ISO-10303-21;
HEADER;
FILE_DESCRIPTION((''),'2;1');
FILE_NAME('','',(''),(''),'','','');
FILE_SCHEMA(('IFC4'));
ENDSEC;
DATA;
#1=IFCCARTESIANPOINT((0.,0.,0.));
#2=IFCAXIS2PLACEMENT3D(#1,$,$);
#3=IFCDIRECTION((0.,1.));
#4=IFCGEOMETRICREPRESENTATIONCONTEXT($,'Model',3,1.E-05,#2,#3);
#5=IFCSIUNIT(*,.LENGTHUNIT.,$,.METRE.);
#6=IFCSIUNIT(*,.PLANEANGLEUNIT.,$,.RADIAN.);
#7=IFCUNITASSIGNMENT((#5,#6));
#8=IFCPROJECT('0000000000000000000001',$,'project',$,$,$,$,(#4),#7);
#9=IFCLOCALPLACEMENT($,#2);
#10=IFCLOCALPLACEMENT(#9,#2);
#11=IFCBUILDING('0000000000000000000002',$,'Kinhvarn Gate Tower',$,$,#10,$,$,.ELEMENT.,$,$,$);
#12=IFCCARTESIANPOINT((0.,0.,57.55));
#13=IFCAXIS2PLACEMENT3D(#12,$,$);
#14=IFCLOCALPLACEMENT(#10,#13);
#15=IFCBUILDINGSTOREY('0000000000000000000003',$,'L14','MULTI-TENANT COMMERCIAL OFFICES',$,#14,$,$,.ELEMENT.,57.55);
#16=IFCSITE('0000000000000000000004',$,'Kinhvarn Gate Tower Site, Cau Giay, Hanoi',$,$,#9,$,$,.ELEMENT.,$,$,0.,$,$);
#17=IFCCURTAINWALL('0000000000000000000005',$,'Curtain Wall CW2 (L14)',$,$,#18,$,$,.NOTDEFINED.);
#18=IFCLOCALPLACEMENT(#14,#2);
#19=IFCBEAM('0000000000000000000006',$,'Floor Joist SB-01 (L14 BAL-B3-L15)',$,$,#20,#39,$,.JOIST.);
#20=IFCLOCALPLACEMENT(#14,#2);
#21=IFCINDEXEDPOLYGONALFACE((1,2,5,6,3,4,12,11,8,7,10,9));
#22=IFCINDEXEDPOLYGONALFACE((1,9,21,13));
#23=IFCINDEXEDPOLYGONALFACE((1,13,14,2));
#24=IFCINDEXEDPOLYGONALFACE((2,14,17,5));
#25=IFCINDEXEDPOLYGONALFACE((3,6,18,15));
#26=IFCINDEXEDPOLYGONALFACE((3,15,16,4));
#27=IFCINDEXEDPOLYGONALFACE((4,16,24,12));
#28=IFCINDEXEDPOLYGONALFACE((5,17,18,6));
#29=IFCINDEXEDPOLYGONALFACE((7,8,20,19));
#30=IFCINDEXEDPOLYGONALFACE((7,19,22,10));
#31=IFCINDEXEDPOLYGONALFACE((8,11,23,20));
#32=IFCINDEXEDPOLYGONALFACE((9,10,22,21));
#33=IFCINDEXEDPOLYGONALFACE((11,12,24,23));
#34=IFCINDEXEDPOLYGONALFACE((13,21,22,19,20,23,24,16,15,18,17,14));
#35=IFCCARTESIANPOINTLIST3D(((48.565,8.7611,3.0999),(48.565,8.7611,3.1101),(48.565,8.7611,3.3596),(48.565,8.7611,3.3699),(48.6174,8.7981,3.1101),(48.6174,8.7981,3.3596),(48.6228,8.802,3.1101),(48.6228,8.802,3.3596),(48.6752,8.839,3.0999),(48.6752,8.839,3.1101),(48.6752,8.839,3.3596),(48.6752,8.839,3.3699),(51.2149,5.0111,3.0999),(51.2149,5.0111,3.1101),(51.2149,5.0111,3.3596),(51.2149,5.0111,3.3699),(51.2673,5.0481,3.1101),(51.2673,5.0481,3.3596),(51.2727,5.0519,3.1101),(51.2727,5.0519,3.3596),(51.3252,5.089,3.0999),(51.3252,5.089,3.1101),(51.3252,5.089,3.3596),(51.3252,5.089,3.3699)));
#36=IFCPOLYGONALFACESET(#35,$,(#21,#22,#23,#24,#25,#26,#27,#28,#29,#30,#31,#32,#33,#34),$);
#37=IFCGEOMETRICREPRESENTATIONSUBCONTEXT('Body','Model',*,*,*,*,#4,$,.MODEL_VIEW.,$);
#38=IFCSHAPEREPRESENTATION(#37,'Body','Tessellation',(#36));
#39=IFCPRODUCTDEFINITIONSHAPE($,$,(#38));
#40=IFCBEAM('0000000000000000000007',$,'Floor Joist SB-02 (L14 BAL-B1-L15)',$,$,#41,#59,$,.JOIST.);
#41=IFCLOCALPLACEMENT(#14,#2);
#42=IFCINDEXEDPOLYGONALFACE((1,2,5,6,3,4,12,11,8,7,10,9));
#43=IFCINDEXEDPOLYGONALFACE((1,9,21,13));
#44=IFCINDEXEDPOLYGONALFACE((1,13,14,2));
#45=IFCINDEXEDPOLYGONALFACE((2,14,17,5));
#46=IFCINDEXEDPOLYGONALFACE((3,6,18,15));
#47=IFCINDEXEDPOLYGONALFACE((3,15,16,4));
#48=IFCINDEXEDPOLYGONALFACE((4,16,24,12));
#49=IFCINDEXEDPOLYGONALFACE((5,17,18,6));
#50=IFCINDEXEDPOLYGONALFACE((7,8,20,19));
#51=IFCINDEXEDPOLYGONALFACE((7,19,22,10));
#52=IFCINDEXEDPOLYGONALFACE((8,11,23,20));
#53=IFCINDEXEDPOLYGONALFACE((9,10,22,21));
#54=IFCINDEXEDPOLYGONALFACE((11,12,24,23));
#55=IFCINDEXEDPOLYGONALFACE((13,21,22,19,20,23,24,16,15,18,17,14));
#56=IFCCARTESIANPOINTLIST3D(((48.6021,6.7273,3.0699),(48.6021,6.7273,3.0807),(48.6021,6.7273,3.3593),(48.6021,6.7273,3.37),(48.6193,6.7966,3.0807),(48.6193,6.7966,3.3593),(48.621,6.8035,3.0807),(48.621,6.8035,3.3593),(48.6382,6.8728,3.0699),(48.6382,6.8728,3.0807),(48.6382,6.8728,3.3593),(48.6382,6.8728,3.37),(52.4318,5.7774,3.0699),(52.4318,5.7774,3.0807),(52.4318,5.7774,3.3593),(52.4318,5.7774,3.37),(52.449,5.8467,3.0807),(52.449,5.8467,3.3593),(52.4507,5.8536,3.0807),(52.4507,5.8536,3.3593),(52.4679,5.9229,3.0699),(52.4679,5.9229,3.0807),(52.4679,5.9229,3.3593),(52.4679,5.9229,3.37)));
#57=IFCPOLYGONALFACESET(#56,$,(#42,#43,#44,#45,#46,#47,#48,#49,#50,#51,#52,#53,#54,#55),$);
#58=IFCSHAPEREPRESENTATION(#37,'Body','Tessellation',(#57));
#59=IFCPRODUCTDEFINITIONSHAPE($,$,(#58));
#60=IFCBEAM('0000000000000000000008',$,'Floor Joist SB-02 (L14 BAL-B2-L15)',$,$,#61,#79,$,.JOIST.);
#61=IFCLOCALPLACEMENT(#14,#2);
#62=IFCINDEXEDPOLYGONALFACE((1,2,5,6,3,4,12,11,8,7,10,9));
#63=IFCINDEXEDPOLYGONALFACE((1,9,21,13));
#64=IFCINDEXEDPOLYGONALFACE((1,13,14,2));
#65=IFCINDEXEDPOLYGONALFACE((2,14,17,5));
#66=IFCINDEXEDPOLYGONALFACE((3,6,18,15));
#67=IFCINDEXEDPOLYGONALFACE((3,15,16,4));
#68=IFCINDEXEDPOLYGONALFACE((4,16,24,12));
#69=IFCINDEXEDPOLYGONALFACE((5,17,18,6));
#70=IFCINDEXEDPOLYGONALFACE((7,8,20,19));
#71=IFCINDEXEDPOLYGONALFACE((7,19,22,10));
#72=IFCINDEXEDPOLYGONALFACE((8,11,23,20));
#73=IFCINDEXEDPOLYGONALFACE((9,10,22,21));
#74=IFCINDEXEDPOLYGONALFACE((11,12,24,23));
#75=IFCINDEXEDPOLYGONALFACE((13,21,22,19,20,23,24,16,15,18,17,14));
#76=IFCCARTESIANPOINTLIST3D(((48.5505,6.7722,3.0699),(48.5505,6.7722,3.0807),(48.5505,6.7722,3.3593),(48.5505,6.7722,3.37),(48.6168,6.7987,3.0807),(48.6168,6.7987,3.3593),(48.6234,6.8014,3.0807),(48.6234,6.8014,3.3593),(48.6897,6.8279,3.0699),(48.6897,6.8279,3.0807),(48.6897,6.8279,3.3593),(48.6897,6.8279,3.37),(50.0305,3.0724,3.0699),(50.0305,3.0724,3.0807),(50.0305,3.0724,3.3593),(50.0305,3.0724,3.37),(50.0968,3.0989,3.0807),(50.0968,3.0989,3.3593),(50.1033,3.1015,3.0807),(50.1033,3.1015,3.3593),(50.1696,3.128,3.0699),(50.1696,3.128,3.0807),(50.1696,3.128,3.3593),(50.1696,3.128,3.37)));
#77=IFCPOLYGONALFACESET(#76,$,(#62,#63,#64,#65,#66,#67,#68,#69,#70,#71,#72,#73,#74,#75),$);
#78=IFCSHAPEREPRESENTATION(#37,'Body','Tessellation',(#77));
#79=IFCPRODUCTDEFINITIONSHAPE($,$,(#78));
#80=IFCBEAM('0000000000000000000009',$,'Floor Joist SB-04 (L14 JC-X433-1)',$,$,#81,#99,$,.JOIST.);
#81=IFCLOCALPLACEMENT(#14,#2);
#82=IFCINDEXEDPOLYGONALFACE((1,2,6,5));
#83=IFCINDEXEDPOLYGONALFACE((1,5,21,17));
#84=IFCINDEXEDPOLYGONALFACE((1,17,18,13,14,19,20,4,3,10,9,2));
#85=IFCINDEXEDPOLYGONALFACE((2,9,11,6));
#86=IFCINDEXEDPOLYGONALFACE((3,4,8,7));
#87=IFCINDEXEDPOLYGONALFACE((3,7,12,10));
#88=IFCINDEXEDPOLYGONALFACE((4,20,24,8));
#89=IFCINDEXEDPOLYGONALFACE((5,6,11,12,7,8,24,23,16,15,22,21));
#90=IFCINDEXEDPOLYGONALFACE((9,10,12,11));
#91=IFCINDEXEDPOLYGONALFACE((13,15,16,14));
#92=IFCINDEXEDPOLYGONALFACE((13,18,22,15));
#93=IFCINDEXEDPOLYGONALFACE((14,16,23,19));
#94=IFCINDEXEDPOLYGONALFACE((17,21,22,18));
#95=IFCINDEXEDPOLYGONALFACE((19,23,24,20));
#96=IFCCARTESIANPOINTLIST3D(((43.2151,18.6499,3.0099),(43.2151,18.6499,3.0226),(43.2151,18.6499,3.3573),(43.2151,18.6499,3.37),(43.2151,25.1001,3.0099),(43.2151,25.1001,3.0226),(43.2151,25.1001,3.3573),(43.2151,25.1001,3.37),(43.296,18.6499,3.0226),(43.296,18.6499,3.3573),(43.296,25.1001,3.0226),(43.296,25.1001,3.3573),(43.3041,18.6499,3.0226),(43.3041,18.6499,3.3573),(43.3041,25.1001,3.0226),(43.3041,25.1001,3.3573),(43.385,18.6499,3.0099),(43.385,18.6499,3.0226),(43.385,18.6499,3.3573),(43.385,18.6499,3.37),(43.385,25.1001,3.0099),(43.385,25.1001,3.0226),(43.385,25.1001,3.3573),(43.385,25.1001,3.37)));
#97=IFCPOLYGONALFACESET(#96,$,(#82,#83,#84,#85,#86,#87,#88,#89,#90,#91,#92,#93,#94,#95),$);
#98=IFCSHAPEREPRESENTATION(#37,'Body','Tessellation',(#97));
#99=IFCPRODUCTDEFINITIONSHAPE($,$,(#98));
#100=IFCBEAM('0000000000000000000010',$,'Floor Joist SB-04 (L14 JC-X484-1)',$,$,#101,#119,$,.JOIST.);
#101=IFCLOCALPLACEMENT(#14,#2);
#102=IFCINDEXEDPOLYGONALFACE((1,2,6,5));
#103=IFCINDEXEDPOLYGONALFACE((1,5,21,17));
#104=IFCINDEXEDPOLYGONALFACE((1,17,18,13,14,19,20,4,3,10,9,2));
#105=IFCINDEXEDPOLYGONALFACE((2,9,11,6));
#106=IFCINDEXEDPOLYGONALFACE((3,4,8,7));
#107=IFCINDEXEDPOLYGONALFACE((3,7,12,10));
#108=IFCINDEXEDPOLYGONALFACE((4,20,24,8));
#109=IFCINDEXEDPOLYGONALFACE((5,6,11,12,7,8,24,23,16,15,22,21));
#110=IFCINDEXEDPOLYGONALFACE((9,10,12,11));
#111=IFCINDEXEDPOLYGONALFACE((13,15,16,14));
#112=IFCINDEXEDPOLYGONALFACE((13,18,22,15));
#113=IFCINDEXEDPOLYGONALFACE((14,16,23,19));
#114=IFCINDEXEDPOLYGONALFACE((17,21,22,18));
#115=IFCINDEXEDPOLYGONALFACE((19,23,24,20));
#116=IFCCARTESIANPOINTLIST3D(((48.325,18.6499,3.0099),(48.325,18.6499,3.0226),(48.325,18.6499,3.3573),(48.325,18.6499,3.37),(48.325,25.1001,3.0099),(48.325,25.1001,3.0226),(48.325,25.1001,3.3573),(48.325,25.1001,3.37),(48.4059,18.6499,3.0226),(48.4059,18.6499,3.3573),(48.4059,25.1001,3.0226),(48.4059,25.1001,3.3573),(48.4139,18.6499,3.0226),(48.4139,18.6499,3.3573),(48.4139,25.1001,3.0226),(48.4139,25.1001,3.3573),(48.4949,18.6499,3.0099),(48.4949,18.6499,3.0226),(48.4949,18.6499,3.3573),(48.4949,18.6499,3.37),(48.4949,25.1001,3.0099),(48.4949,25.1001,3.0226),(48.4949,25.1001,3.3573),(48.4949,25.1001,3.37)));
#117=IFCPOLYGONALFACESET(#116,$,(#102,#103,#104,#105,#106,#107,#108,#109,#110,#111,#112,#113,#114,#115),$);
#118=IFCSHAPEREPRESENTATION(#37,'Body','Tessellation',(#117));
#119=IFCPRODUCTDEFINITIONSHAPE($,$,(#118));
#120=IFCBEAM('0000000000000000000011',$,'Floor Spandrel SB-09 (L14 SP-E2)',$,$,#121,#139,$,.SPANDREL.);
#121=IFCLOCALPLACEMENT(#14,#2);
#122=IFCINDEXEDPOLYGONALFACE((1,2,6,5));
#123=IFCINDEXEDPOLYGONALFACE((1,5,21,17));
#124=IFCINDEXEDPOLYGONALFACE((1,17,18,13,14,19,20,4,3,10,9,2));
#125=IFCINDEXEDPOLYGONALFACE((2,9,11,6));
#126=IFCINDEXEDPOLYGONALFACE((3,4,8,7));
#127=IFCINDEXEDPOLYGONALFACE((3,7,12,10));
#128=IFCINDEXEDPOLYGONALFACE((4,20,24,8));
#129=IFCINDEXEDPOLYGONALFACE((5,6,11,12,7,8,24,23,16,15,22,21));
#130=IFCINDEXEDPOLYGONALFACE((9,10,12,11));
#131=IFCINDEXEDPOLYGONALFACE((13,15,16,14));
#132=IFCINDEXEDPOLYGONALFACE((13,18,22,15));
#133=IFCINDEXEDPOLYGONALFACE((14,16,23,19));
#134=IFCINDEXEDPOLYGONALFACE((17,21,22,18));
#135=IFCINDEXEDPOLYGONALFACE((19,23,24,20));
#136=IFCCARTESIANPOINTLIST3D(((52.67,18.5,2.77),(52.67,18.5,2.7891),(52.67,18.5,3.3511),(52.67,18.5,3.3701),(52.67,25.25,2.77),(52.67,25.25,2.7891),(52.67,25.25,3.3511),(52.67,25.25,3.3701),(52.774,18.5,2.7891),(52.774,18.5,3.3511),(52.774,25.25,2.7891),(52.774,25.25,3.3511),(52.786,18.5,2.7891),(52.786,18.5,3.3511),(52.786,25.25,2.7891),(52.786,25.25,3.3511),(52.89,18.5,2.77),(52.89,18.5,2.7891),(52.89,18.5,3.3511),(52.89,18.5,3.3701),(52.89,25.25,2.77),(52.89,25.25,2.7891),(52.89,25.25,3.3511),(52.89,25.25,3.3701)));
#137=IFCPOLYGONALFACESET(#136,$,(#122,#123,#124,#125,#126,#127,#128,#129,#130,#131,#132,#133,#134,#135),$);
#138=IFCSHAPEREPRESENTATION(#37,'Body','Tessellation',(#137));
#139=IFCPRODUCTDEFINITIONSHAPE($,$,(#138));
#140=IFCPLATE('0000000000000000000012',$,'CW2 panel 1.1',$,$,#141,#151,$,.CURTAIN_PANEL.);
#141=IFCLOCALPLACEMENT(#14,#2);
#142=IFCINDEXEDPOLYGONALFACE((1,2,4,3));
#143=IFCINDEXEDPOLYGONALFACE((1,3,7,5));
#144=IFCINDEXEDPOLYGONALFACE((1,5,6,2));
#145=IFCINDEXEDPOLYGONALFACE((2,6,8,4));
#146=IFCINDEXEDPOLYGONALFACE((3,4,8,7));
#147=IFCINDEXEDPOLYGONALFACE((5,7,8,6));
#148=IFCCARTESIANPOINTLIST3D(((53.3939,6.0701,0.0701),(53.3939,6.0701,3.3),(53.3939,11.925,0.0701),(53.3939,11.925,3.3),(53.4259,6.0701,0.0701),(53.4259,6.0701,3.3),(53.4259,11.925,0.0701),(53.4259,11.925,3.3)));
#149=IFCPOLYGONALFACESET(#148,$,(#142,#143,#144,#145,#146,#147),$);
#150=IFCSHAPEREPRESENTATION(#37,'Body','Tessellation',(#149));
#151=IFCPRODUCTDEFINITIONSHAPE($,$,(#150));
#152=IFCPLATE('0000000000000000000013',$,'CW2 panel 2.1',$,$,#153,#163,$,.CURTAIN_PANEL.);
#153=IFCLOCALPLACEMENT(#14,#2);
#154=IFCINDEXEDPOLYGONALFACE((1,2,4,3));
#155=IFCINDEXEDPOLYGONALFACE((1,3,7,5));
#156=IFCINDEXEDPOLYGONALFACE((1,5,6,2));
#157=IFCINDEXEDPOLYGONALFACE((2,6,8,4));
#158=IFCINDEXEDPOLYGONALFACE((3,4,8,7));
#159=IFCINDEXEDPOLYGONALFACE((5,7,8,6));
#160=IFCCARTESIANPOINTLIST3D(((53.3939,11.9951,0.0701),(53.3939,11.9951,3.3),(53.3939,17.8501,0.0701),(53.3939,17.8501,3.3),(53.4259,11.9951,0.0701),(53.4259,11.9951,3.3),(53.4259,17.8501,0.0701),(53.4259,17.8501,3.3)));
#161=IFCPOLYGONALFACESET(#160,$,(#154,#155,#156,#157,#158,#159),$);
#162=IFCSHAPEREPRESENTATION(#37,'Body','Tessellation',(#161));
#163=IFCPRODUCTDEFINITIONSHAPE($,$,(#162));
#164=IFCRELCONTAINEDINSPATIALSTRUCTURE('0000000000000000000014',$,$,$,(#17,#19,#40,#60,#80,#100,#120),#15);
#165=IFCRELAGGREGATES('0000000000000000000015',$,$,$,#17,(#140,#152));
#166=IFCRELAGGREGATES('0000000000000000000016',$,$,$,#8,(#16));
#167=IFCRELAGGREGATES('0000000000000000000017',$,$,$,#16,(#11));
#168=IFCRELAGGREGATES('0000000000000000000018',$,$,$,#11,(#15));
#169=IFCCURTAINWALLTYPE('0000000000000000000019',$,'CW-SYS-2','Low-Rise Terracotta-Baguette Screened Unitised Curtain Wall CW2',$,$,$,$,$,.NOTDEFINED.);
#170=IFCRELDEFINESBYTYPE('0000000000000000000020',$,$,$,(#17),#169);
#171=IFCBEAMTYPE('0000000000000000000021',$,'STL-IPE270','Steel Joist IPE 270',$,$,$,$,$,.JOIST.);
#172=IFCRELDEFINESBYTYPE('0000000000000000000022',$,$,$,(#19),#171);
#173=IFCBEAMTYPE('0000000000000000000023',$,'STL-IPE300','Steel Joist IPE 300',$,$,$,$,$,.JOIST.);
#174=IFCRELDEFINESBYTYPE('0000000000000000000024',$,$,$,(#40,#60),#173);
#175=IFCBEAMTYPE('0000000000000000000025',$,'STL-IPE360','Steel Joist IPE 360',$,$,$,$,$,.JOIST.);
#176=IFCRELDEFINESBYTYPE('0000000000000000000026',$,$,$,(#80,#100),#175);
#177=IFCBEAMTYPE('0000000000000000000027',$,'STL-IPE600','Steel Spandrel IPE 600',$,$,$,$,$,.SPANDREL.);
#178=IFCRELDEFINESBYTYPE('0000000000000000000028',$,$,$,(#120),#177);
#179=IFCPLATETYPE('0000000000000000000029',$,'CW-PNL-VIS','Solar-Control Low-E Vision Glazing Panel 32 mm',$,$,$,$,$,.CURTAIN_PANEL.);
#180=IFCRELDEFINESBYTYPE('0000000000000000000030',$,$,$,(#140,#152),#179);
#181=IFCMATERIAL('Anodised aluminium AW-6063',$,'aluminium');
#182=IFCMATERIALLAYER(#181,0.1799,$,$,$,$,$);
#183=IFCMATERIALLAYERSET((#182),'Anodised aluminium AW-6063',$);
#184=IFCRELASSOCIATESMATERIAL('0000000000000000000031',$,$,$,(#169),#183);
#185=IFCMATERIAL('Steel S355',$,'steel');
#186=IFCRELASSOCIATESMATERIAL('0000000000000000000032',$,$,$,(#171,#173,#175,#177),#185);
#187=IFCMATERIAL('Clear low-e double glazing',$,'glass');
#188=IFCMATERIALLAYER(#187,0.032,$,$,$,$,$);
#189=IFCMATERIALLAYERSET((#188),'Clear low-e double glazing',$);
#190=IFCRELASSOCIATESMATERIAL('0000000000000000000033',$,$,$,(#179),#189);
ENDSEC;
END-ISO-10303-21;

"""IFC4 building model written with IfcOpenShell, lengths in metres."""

from ifc_helpers import new_model, si_unit, direction, frame, origin, origin_2d, place, context, subcontext, project, spatial, rectangle, i_section, extrude, material, layer, layer_set, material_profile, profile_set, type_object, element, aggregate, save


model = new_model("IFC4")

# Units and contexts
model_context = context("Model", 3, precision=1e-05, world=origin(), true_north=direction((0.0, 1.0)))
body_context = subcontext(model_context, "Body", "Model", "MODEL_VIEW")
ifc_project = project(units=[si_unit("LENGTHUNIT", "METRE"), si_unit("PLANEANGLEUNIT", "RADIAN")], contexts=[model_context])

# Site, building, storey
site_placement = place(None, origin())
site = spatial("IfcSite", under=ifc_project, at=site_placement, Name="Kinhvarn Gate Tower Site, Cau Giay, Hanoi", CompositionType="ELEMENT", RefElevation=0.0)
building_placement = place(site_placement, origin())
building = spatial("IfcBuilding", under=site, at=building_placement, Name="Kinhvarn Gate Tower", CompositionType="ELEMENT")
storey_placement = place(building_placement, frame((0.0, 0.0, 57.55)))
storey = spatial("IfcBuildingStorey", under=building, at=storey_placement, Name="L14", Description="MULTI-TENANT COMMERCIAL OFFICES", CompositionType="ELEMENT", Elevation=57.55)

# Curtain wall
ifc_material_1 = material(Name="Anodised aluminium AW-6063", Category="aluminium")
ifc_layer_1 = layer(ifc_material_1, 0.1799)
ifc_layer_set_1 = layer_set([ifc_layer_1], Name="Anodised aluminium AW-6063")
curtain_wall_type = type_object("IfcCurtainWallType", Name="CW-SYS-2", Description="Low-Rise Terracotta-Baguette Screened Unitised Curtain Wall CW2", PredefinedType="NOTDEFINED", material=ifc_layer_set_1)
curtain_wall_1_placement = place(storey_placement, origin())
curtain_wall_1 = element("IfcCurtainWall", 1, at=curtain_wall_1_placement, inside=storey, type_object=curtain_wall_type, Name="Curtain Wall CW2 (L14)", PredefinedType="NOTDEFINED")

# Beams
ifc_material_2 = material(Name="Steel S355", Category="steel")
ifc_material_profile_1 = material_profile(ifc_material_2, i_section(OverallWidth=0.135, OverallDepth=0.27, WebThickness=0.0066, FlangeThickness=0.0103, at=origin_2d()), Name="IPE 270")
ifc_profile_set_1 = profile_set([ifc_material_profile_1], Name="Steel S355")
beam_type_1 = type_object("IfcBeamType", Name="STL-IPE270", Description="Steel Joist IPE 270", PredefinedType="JOIST", material=ifc_profile_set_1)
beam_1_placement = place(storey_placement, frame((48.6201, 8.8, 3.2349), z_axis=(0.577096, -0.816676, 0.0), x_axis=(0.816676, 0.577096, 0.0)))
element("IfcBeam", 2, at=beam_1_placement, inside=storey, type_object=beam_type_1, Name="Floor Joist SB-01 (L14 BAL-B3-L15)", PredefinedType="JOIST", context=body_context, shape_type="SweptSolid", body=[
    extrude(i_section(OverallWidth=0.135, OverallDepth=0.27, WebThickness=0.0066, FlangeThickness=0.0103, at=origin_2d()), origin(), (0.0, 0.0, 1.0), 4.5918),
])
ifc_material_profile_2 = material_profile(ifc_material_2, i_section(OverallWidth=0.1499, OverallDepth=0.3, WebThickness=0.0071, FlangeThickness=0.0107, at=origin_2d()), Name="IPE 300")
ifc_profile_set_2 = profile_set([ifc_material_profile_2], Name="Steel S355")
beam_type_2 = type_object("IfcBeamType", Name="STL-IPE300", Description="Steel Joist IPE 300", PredefinedType="JOIST", material=ifc_profile_set_2)
beam_2_placement = place(storey_placement, frame((48.6201, 6.8, 3.22), z_axis=(0.970589, -0.240745, 0.0), x_axis=(0.240745, 0.970589, 0.0)))
element("IfcBeam", 3, at=beam_2_placement, inside=storey, type_object=beam_type_2, Name="Floor Joist SB-02 (L14 BAL-B1-L15)", PredefinedType="JOIST", context=body_context, shape_type="SweptSolid", body=[
    extrude(i_section(OverallWidth=0.1499, OverallDepth=0.3, WebThickness=0.0071, FlangeThickness=0.0107, at=origin_2d()), origin(), (0.0, 0.0, 1.0), 3.9458),
])
beam_3_placement = place(storey_placement, frame((48.6201, 6.8, 3.22), z_axis=(0.371391, -0.928477, 0.0), x_axis=(0.928477, 0.371391, 0.0)))
element("IfcBeam", 4, at=beam_3_placement, inside=storey, type_object=beam_type_2, Name="Floor Joist SB-02 (L14 BAL-B2-L15)", PredefinedType="JOIST", context=body_context, shape_type="SweptSolid", body=[
    extrude(i_section(OverallWidth=0.1499, OverallDepth=0.3, WebThickness=0.0071, FlangeThickness=0.0107, at=origin_2d()), origin(), (0.0, 0.0, 1.0), 3.9849),
])
ifc_material_profile_3 = material_profile(ifc_material_2, i_section(OverallWidth=0.1699, OverallDepth=0.3601, WebThickness=0.0081, FlangeThickness=0.0127, at=origin_2d()), Name="IPE 360")
ifc_profile_set_3 = profile_set([ifc_material_profile_3], Name="Steel S355")
beam_type_3 = type_object("IfcBeamType", Name="STL-IPE360", Description="Steel Joist IPE 360", PredefinedType="JOIST", material=ifc_profile_set_3)
for number, where, z_axis, x_axis, name in (
    (5, (43.3, 18.6499, 3.1899), (0.0, 1.0, 0.0), (-1.0, 0.0, 0.0), "Floor Joist SB-04 (L14 JC-X433-1)"),
    (6, (48.4099, 18.6499, 3.1899), (0.0, 1.0, 0.0), (-1.0, 0.0, 0.0), "Floor Joist SB-04 (L14 JC-X484-1)"),
):
    element("IfcBeam", number, at=place(storey_placement, frame(where, z_axis=z_axis, x_axis=x_axis)), inside=storey, type_object=beam_type_3, Name=name, PredefinedType="JOIST", context=body_context, shape_type="SweptSolid", body=[
        extrude(i_section(OverallWidth=0.1699, OverallDepth=0.3601, WebThickness=0.0081, FlangeThickness=0.0127, at=origin_2d()), origin(), (0.0, 0.0, 1.0), 6.4502),
    ])
ifc_material_profile_4 = material_profile(ifc_material_2, i_section(OverallWidth=0.22, OverallDepth=0.6001, WebThickness=0.012, FlangeThickness=0.019, at=origin_2d()), Name="IPE 600")
ifc_profile_set_4 = profile_set([ifc_material_profile_4], Name="Steel S355")
beam_type_4 = type_object("IfcBeamType", Name="STL-IPE600", Description="Steel Spandrel IPE 600", PredefinedType="SPANDREL", material=ifc_profile_set_4)
beam_4_placement = place(storey_placement, frame((52.78, 18.5, 3.0701), z_axis=(0.0, 1.0, 0.0), x_axis=(-1.0, 0.0, 0.0)))
element("IfcBeam", 7, at=beam_4_placement, inside=storey, type_object=beam_type_4, Name="Floor Spandrel SB-09 (L14 SP-E2)", PredefinedType="SPANDREL", context=body_context, shape_type="SweptSolid", body=[
    extrude(i_section(OverallWidth=0.22, OverallDepth=0.6001, WebThickness=0.012, FlangeThickness=0.019, at=origin_2d()), origin(), (0.0, 0.0, 1.0), 6.75),
])

# Plates
ifc_material_3 = material(Name="Clear low-e double glazing", Category="glass")
ifc_layer_2 = layer(ifc_material_3, 0.032)
ifc_layer_set_2 = layer_set([ifc_layer_2], Name="Clear low-e double glazing")
plate_type = type_object("IfcPlateType", Name="CW-PNL-VIS", Description="Solar-Control Low-E Vision Glazing Panel 32 mm", PredefinedType="CURTAIN_PANEL", material=ifc_layer_set_2)
plate_1_placement = place(storey_placement, frame((53.4099, 8.9976, 0.0701), z_axis=(0.0, 0.0, 1.0), x_axis=(0.0, 1.0, 0.0)))
plate_1 = element("IfcPlate", 8, at=plate_1_placement, type_object=plate_type, Name="CW2 panel 1.1", PredefinedType="CURTAIN_PANEL", context=body_context, shape_type="SweptSolid", body=[
    extrude(rectangle(XDim=5.855, YDim=0.032, at=origin_2d()), origin(), (0.0, 0.0, 1.0), 3.23),
])
plate_2_placement = place(storey_placement, frame((53.4099, 14.9226, 0.0701), z_axis=(0.0, 0.0, 1.0), x_axis=(0.0, 1.0, 0.0)))
plate_2 = element("IfcPlate", 9, at=plate_2_placement, type_object=plate_type, Name="CW2 panel 2.1", PredefinedType="CURTAIN_PANEL", context=body_context, shape_type="SweptSolid", body=[
    extrude(rectangle(XDim=5.855, YDim=0.032, at=origin_2d()), origin(), (0.0, 0.0, 1.0), 3.23),
])
aggregate(curtain_wall_1, [plate_1, plate_2])

save(model, "model.ifc")
